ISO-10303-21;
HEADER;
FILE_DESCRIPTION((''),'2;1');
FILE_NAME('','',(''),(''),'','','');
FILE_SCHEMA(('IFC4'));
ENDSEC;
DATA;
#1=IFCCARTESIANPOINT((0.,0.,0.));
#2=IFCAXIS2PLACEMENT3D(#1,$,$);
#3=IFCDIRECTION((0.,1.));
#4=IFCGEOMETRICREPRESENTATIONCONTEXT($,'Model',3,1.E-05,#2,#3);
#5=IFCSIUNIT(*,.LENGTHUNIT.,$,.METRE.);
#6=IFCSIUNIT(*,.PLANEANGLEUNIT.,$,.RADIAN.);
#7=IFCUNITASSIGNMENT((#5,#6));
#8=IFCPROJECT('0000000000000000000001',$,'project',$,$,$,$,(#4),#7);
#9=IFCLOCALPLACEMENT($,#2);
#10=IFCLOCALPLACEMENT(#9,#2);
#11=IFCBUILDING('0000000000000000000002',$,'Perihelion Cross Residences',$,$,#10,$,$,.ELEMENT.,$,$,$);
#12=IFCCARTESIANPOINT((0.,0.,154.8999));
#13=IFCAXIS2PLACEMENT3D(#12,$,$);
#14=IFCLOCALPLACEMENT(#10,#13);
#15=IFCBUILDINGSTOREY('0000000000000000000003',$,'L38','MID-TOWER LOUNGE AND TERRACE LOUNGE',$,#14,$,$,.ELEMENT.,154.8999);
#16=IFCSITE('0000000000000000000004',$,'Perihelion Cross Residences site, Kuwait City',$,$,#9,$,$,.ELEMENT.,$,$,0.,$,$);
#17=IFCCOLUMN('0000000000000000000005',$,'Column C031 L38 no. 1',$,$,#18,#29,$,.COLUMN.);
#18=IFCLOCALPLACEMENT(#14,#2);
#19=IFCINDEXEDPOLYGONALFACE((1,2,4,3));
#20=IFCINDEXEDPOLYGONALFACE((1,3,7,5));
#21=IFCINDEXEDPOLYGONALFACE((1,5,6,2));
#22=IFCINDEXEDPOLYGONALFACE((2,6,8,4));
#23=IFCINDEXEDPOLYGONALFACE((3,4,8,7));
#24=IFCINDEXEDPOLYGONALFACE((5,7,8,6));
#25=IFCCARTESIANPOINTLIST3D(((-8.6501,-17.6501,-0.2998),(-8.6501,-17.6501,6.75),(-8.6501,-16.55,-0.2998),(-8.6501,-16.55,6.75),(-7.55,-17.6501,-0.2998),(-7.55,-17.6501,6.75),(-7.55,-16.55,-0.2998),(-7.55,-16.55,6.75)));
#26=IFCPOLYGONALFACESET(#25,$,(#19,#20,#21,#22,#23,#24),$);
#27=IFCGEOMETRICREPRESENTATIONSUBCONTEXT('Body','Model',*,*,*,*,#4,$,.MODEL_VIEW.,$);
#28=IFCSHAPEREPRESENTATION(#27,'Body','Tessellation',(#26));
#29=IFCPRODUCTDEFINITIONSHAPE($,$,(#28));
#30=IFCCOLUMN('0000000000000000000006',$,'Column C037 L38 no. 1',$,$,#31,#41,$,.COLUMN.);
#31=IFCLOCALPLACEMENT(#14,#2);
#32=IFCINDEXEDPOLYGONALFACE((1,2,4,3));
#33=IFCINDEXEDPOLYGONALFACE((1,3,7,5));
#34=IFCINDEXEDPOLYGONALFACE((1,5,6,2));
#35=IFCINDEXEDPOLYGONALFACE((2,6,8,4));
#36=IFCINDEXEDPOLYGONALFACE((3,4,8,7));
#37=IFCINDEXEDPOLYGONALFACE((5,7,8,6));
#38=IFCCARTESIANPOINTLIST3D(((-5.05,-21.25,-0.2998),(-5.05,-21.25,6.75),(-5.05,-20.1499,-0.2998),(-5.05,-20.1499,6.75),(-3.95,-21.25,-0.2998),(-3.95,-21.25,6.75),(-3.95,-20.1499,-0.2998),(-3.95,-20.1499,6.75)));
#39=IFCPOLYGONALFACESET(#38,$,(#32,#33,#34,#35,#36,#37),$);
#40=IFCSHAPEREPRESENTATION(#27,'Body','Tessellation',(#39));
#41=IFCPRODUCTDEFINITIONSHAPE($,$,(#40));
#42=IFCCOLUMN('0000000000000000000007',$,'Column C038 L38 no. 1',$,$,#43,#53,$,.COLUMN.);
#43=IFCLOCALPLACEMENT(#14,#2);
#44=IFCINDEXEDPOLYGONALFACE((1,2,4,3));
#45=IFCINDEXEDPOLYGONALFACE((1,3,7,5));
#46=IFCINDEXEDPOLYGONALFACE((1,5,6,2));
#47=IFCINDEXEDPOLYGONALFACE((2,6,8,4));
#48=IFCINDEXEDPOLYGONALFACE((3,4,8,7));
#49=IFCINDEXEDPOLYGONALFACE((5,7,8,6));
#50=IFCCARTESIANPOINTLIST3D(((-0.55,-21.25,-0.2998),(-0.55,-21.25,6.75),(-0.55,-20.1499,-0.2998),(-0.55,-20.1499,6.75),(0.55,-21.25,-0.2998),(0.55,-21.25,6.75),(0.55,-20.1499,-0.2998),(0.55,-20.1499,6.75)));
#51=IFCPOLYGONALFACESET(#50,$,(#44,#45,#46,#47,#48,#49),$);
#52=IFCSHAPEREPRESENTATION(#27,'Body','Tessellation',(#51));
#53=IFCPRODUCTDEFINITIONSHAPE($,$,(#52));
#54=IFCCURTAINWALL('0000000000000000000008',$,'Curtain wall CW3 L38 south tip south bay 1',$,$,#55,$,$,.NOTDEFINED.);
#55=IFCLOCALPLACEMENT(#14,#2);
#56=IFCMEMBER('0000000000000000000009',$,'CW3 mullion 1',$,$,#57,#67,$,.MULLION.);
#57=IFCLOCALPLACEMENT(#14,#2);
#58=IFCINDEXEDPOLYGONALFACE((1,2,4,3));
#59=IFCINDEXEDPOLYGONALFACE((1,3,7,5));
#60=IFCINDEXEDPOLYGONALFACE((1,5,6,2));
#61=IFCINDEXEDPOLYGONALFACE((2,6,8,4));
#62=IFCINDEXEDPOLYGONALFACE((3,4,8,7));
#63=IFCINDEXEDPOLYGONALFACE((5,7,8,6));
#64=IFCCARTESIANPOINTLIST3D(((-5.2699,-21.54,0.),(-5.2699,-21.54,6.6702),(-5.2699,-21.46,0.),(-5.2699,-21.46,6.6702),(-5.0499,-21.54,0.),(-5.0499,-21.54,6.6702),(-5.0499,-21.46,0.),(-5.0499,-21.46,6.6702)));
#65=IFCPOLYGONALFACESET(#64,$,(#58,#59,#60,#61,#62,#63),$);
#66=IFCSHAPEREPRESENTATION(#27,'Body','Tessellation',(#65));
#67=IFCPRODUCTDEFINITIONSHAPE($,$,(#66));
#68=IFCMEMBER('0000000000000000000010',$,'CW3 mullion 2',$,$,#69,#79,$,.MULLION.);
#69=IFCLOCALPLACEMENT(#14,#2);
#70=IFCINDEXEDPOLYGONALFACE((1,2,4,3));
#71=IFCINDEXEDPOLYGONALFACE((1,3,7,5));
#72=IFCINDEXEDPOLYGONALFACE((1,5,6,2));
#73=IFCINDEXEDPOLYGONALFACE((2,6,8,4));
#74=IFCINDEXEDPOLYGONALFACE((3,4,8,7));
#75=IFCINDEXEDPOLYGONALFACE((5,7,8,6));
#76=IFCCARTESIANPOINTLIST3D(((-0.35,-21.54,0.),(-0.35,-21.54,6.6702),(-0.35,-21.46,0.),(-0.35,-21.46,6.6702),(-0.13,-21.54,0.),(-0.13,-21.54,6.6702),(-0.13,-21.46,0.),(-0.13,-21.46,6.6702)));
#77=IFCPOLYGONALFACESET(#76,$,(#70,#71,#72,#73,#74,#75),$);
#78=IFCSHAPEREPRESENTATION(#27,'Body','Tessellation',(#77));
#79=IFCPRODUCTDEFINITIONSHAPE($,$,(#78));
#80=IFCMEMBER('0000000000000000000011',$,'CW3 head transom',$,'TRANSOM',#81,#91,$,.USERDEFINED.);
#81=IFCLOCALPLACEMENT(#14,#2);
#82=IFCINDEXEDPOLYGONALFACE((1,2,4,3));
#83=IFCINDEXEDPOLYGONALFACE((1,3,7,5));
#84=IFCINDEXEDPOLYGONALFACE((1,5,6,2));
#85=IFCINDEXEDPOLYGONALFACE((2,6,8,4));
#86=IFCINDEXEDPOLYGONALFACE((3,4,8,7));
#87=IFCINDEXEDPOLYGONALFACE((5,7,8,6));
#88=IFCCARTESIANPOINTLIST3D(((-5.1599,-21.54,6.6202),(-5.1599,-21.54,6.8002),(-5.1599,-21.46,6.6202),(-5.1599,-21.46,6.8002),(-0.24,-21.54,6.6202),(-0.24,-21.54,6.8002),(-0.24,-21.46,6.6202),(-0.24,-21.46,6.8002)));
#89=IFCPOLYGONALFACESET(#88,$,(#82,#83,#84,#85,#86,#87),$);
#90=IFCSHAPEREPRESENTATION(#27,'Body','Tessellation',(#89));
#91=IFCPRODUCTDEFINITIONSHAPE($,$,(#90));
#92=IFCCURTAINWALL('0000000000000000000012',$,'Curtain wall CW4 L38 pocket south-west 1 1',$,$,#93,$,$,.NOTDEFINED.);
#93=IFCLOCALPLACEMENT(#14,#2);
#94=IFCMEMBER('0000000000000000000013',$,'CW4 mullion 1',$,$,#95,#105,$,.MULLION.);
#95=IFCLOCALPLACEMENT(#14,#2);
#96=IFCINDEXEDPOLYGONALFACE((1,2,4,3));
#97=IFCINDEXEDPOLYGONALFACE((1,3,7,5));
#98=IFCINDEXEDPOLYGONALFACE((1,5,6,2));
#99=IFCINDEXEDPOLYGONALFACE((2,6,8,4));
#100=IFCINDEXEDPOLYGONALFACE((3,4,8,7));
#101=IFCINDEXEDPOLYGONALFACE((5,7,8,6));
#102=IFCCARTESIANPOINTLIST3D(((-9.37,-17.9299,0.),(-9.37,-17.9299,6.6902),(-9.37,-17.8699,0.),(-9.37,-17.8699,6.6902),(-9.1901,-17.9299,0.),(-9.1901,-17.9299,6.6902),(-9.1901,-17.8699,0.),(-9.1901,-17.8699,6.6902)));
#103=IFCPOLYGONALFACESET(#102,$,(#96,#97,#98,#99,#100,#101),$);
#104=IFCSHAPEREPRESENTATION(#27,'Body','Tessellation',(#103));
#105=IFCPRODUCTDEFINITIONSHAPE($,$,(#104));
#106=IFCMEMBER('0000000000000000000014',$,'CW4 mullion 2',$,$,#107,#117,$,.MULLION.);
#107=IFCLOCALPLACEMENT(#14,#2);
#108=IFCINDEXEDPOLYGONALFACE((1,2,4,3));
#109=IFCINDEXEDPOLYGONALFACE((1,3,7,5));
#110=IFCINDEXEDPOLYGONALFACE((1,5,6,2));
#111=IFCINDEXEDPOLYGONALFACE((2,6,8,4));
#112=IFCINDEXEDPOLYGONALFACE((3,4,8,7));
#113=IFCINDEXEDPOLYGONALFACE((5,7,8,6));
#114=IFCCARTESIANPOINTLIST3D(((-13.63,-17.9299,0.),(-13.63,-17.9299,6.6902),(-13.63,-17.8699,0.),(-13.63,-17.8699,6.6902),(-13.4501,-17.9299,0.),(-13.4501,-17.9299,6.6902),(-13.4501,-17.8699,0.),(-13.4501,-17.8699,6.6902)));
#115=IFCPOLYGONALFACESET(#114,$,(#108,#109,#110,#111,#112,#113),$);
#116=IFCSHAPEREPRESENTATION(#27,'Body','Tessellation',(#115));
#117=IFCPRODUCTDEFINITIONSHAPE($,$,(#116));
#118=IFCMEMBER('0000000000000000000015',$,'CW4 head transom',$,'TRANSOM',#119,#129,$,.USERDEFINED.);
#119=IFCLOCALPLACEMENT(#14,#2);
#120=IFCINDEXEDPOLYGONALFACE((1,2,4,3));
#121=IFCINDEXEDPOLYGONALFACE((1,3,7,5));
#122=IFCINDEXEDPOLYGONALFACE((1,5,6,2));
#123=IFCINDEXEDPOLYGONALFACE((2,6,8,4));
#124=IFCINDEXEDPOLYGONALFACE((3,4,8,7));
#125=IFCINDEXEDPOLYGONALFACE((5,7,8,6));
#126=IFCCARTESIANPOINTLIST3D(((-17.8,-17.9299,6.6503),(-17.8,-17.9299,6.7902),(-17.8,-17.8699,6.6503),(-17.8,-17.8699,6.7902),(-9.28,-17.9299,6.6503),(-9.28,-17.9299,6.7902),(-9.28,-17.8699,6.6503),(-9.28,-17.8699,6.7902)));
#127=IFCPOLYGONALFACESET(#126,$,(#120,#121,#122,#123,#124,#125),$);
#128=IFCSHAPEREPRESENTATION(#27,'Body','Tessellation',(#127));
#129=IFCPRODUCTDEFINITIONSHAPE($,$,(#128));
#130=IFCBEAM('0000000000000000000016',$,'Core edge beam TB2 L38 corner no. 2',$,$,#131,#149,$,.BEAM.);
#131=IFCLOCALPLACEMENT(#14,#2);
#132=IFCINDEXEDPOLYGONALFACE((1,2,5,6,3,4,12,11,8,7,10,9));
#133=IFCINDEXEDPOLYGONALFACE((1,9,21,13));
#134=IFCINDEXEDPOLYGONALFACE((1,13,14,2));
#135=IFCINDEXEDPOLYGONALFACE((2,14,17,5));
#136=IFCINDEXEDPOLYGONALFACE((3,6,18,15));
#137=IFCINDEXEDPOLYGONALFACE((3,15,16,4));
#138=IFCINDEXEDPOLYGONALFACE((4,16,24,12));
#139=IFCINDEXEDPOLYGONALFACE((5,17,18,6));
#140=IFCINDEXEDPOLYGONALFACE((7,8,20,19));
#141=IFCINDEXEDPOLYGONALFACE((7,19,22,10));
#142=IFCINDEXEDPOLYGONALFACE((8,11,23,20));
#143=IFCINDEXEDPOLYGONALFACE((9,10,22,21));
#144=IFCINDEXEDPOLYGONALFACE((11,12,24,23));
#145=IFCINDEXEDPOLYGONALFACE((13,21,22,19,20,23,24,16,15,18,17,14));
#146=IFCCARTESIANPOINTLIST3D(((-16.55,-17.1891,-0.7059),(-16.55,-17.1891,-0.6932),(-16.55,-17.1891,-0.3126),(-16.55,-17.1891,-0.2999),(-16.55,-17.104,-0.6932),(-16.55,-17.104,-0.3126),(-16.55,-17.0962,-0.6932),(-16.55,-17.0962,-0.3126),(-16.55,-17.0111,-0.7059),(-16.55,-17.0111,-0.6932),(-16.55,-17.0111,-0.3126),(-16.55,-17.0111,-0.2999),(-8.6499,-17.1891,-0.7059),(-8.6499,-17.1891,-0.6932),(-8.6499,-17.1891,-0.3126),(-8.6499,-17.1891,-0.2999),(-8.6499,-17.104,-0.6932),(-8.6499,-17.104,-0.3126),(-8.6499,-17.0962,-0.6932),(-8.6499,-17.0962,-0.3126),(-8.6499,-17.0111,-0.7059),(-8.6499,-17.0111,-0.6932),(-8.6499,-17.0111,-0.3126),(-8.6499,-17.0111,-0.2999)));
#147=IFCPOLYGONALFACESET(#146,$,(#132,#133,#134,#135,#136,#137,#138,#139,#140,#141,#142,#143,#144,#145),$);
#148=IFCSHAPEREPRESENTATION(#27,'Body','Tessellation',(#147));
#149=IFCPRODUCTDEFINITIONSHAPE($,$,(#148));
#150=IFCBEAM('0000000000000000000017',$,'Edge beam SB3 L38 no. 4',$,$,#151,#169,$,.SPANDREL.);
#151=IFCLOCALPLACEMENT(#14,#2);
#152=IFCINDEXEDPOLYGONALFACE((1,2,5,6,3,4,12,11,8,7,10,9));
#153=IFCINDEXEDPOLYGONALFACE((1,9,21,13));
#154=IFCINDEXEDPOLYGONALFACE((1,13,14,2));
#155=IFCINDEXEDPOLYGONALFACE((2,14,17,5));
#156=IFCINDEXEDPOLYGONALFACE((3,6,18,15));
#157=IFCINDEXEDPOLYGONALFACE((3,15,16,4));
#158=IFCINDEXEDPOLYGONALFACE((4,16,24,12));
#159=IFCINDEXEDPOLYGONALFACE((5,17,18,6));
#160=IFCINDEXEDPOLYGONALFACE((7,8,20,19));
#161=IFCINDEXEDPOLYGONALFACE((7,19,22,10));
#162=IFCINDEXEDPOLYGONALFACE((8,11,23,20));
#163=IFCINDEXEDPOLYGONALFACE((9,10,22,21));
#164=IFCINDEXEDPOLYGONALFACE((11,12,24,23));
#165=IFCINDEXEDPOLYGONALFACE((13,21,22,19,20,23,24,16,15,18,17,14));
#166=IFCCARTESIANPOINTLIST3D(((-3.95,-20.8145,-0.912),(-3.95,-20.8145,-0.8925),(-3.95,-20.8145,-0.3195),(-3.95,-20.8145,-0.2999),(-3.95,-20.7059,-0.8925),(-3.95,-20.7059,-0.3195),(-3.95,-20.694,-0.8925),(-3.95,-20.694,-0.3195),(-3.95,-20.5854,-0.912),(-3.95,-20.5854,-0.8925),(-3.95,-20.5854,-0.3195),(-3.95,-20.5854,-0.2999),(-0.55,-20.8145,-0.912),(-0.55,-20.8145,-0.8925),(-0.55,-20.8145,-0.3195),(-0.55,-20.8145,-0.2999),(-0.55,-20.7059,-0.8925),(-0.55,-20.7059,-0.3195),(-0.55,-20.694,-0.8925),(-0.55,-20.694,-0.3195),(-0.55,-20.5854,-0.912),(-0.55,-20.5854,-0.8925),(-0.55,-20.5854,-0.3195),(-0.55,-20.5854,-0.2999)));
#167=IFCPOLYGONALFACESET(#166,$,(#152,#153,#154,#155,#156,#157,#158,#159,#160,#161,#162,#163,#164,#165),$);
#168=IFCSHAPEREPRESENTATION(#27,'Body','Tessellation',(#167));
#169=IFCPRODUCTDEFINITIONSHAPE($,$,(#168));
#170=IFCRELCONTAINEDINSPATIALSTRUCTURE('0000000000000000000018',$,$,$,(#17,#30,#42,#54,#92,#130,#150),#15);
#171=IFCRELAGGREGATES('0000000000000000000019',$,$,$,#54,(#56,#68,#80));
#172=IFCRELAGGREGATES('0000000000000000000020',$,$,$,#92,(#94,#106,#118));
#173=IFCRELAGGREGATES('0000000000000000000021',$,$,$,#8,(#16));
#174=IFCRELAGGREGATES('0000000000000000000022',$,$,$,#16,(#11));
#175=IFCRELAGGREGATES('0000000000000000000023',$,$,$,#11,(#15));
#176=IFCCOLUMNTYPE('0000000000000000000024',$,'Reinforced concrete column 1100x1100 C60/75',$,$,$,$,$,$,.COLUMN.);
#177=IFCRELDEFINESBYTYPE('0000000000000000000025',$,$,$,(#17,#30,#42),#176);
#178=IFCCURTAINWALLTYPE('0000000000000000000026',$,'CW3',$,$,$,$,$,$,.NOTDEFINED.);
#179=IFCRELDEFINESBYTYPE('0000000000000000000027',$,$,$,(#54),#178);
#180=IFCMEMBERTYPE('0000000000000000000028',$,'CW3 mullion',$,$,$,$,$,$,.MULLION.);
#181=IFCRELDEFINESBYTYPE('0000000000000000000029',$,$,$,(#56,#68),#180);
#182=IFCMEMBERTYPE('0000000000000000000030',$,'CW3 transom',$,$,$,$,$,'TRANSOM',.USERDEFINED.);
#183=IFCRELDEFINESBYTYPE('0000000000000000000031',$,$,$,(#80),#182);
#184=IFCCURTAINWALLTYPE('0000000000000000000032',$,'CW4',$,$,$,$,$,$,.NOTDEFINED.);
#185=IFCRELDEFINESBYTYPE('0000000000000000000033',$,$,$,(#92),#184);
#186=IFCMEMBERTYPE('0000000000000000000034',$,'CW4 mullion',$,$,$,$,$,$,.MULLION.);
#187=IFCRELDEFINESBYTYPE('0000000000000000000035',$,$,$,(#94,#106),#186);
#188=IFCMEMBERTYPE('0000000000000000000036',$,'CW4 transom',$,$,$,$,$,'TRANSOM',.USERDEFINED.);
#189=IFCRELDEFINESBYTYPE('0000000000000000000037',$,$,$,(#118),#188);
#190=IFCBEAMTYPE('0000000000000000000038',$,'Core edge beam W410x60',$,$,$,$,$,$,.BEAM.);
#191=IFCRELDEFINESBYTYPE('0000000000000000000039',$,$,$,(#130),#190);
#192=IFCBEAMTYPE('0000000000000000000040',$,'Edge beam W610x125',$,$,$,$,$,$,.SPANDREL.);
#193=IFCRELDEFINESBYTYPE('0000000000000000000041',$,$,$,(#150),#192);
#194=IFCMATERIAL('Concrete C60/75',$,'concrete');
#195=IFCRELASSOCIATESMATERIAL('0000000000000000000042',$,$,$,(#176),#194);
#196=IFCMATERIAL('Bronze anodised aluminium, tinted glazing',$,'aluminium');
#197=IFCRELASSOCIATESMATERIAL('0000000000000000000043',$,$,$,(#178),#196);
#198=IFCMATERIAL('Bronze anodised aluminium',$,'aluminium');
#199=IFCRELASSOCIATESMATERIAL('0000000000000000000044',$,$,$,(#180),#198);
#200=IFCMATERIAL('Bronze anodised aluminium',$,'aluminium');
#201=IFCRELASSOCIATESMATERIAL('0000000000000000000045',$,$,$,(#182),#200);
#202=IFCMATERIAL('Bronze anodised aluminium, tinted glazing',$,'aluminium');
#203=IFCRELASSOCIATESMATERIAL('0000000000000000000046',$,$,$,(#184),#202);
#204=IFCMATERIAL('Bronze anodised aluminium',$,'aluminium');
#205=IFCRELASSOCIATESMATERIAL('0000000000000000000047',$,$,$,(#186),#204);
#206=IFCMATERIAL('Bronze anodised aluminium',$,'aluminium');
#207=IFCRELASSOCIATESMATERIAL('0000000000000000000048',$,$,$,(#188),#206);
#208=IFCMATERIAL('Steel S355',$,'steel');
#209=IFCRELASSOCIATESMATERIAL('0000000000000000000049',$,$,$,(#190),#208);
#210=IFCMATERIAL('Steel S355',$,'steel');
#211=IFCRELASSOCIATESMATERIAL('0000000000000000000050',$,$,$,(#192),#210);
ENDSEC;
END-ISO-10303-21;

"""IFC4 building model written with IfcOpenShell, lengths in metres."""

from ifc_helpers import new_model, si_unit, direction, frame, origin, origin_2d, place, context, subcontext, project, spatial, rectangle, i_section, extrude, material, material_profile, profile_set, type_object, element, aggregate, save


model = new_model("IFC4")

# Units and contexts
model_context = context("Model", 3, precision=1e-05, world=origin(), true_north=direction((0.0, 1.0)))
body_context = subcontext(model_context, "Body", "Model", "MODEL_VIEW")
ifc_project = project(units=[si_unit("LENGTHUNIT", "METRE"), si_unit("PLANEANGLEUNIT", "RADIAN")], contexts=[model_context])

# Site, building, storey
site_placement = place(None, origin())
site = spatial("IfcSite", under=ifc_project, at=site_placement, Name="Perihelion Cross Residences site, Kuwait City", CompositionType="ELEMENT", RefElevation=0.0)
building_placement = place(site_placement, origin())
building = spatial("IfcBuilding", under=site, at=building_placement, Name="Perihelion Cross Residences", CompositionType="ELEMENT")
storey_placement = place(building_placement, frame((0.0, 0.0, 154.8999)))
storey = spatial("IfcBuildingStorey", under=building, at=storey_placement, Name="L38", Description="MID-TOWER LOUNGE AND TERRACE LOUNGE", CompositionType="ELEMENT", Elevation=154.8999)

# Columns
ifc_material_1 = material(Name="Concrete C60/75", Category="concrete")
ifc_material_profile_1 = material_profile(ifc_material_1, rectangle(XDim=1.1001, YDim=1.1001, at=origin_2d()), Name="RC 1100x1100")
ifc_profile_set_1 = profile_set([ifc_material_profile_1], Name="Concrete C60/75")
column_type = type_object("IfcColumnType", Name="Reinforced concrete column 1100x1100 C60/75", PredefinedType="COLUMN", material=ifc_profile_set_1)
for number, where, z_axis, x_axis, name in (
    (1, (-8.1001, -17.1001, -0.2998), (0.0, 0.0, 1.0), (1.0, 0.0, 0.0), "Column C031 L38 no. 1"),
    (2, (-4.5, -20.7, -0.2998), (0.0, 0.0, 1.0), (1.0, 0.0, 0.0), "Column C037 L38 no. 1"),
    (3, (0.0, -20.7, -0.2998), (0.0, 0.0, 1.0), (1.0, 0.0, 0.0), "Column C038 L38 no. 1"),
):
    element("IfcColumn", number, at=place(storey_placement, frame(where, z_axis=z_axis, x_axis=x_axis)), inside=storey, type_object=column_type, Name=name, PredefinedType="COLUMN", context=body_context, shape_type="SweptSolid", body=[
        extrude(rectangle(XDim=1.1001, YDim=1.1001, at=origin_2d()), origin(), (0.0, 0.0, 1.0), 7.0498),
    ])

# Curtain walls, members
ifc_material_2 = material(Name="Bronze anodised aluminium, tinted glazing", Category="aluminium")
curtain_wall_type_1 = type_object("IfcCurtainWallType", Name="CW3", PredefinedType="NOTDEFINED", material=ifc_material_2)
curtain_wall_1_placement = place(storey_placement, origin())
curtain_wall_1 = element("IfcCurtainWall", 4, at=curtain_wall_1_placement, inside=storey, type_object=curtain_wall_type_1, Name="Curtain wall CW3 L38 south tip south bay 1", PredefinedType="NOTDEFINED")
ifc_material_3 = material(Name="Bronze anodised aluminium", Category="aluminium")
ifc_material_profile_2 = material_profile(ifc_material_3, rectangle(XDim=0.0801, YDim=0.22, at=origin_2d()), Name="CW3 mullion")
ifc_profile_set_2 = profile_set([ifc_material_profile_2], Name="Bronze anodised aluminium")
member_type_1 = type_object("IfcMemberType", Name="CW3 mullion", PredefinedType="MULLION", material=ifc_profile_set_2)
member_1_placement = place(storey_placement, frame((-5.1599, -21.5, 0.0), z_axis=(0.0, 0.0, 1.0), x_axis=(0.0, 1.0, 0.0)))
member_1 = element("IfcMember", 5, at=member_1_placement, type_object=member_type_1, Name="CW3 mullion 1", PredefinedType="MULLION", context=body_context, shape_type="SweptSolid", body=[
    extrude(rectangle(XDim=0.0801, YDim=0.22, at=origin_2d()), origin(), (0.0, 0.0, 1.0), 6.6702),
])
member_2_placement = place(storey_placement, frame((-0.24, -21.5, 0.0), z_axis=(0.0, 0.0, 1.0), x_axis=(0.0, 1.0, 0.0)))
member_2 = element("IfcMember", 6, at=member_2_placement, type_object=member_type_1, Name="CW3 mullion 2", PredefinedType="MULLION", context=body_context, shape_type="SweptSolid", body=[
    extrude(rectangle(XDim=0.0801, YDim=0.22, at=origin_2d()), origin(), (0.0, 0.0, 1.0), 6.6702),
])
ifc_material_4 = material(Name="Bronze anodised aluminium", Category="aluminium")
ifc_material_profile_3 = material_profile(ifc_material_4, rectangle(XDim=0.0801, YDim=0.1799, at=origin_2d()), Name="CW3 transom")
ifc_profile_set_3 = profile_set([ifc_material_profile_3], Name="Bronze anodised aluminium")
member_type_2 = type_object("IfcMemberType", Name="CW3 transom", ElementType="TRANSOM", PredefinedType="USERDEFINED", material=ifc_profile_set_3)
member_3_placement = place(storey_placement, frame((-5.1599, -21.5, 6.7102), z_axis=(1.0, 0.0, 0.0), x_axis=(0.0, 1.0, 0.0)))
member_3 = element("IfcMember", 7, at=member_3_placement, type_object=member_type_2, Name="CW3 head transom", ObjectType="TRANSOM", PredefinedType="USERDEFINED", context=body_context, shape_type="SweptSolid", body=[
    extrude(rectangle(XDim=0.0801, YDim=0.1799, at=origin_2d()), origin(), (0.0, 0.0, 1.0), 4.9199),
])
ifc_material_5 = material(Name="Bronze anodised aluminium, tinted glazing", Category="aluminium")
curtain_wall_type_2 = type_object("IfcCurtainWallType", Name="CW4", PredefinedType="NOTDEFINED", material=ifc_material_5)
curtain_wall_2_placement = place(storey_placement, origin())
curtain_wall_2 = element("IfcCurtainWall", 8, at=curtain_wall_2_placement, inside=storey, type_object=curtain_wall_type_2, Name="Curtain wall CW4 L38 pocket south-west 1 1", PredefinedType="NOTDEFINED")
ifc_material_6 = material(Name="Bronze anodised aluminium", Category="aluminium")
ifc_material_profile_4 = material_profile(ifc_material_6, rectangle(XDim=0.0601, YDim=0.1799, at=origin_2d()), Name="CW4 mullion")
ifc_profile_set_4 = profile_set([ifc_material_profile_4], Name="Bronze anodised aluminium")
member_type_3 = type_object("IfcMemberType", Name="CW4 mullion", PredefinedType="MULLION", material=ifc_profile_set_4)
member_4_placement = place(storey_placement, frame((-9.28, -17.8999, 0.0), z_axis=(0.0, 0.0, 1.0), x_axis=(0.0, -1.0, 0.0)))
member_4 = element("IfcMember", 9, at=member_4_placement, type_object=member_type_3, Name="CW4 mullion 1", PredefinedType="MULLION", context=body_context, shape_type="SweptSolid", body=[
    extrude(rectangle(XDim=0.0601, YDim=0.1799, at=origin_2d()), origin(), (0.0, 0.0, 1.0), 6.6902),
])
member_5_placement = place(storey_placement, frame((-13.54, -17.8999, 0.0), z_axis=(0.0, 0.0, 1.0), x_axis=(0.0, -1.0, 0.0)))
member_5 = element("IfcMember", 10, at=member_5_placement, type_object=member_type_3, Name="CW4 mullion 2", PredefinedType="MULLION", context=body_context, shape_type="SweptSolid", body=[
    extrude(rectangle(XDim=0.0601, YDim=0.1799, at=origin_2d()), origin(), (0.0, 0.0, 1.0), 6.6902),
])
ifc_material_7 = material(Name="Bronze anodised aluminium", Category="aluminium")
ifc_material_profile_5 = material_profile(ifc_material_7, rectangle(XDim=0.0601, YDim=0.1399, at=origin_2d()), Name="CW4 transom")
ifc_profile_set_5 = profile_set([ifc_material_profile_5], Name="Bronze anodised aluminium")
member_type_4 = type_object("IfcMemberType", Name="CW4 transom", ElementType="TRANSOM", PredefinedType="USERDEFINED", material=ifc_profile_set_5)
member_6_placement = place(storey_placement, frame((-9.28, -17.8999, 6.7202), z_axis=(-1.0, 0.0, 0.0), x_axis=(0.0, -1.0, 0.0)))
member_6 = element("IfcMember", 11, at=member_6_placement, type_object=member_type_4, Name="CW4 head transom", ObjectType="TRANSOM", PredefinedType="USERDEFINED", context=body_context, shape_type="SweptSolid", body=[
    extrude(rectangle(XDim=0.0601, YDim=0.1399, at=origin_2d()), origin(), (0.0, 0.0, 1.0), 8.52),
])

# Beams
ifc_material_8 = material(Name="Steel S355", Category="steel")
ifc_material_profile_6 = material_profile(ifc_material_8, i_section(OverallWidth=0.178, OverallDepth=0.406, WebThickness=0.0078, FlangeThickness=0.0127, at=origin_2d()), Name="W410x60")
ifc_profile_set_6 = profile_set([ifc_material_profile_6], Name="Steel S355")
beam_type_1 = type_object("IfcBeamType", Name="Core edge beam W410x60", PredefinedType="BEAM", material=ifc_profile_set_6)
beam_1_placement = place(storey_placement, frame((-8.6499, -17.1001, -0.5029), z_axis=(-1.0, 0.0, 0.0), x_axis=(0.0, -1.0, 0.0)))
element("IfcBeam", 12, at=beam_1_placement, inside=storey, type_object=beam_type_1, Name="Core edge beam TB2 L38 corner no. 2", PredefinedType="BEAM", context=body_context, shape_type="SweptSolid", body=[
    extrude(i_section(OverallWidth=0.178, OverallDepth=0.406, WebThickness=0.0078, FlangeThickness=0.0127, at=origin_2d()), origin(), (0.0, 0.0, 1.0), 7.9001),
])
ifc_material_9 = material(Name="Steel S355", Category="steel")
ifc_material_profile_7 = material_profile(ifc_material_9, i_section(OverallWidth=0.229, OverallDepth=0.6121, WebThickness=0.012, FlangeThickness=0.0195, at=origin_2d()), Name="W610x125")
ifc_profile_set_7 = profile_set([ifc_material_profile_7], Name="Steel S355")
beam_type_2 = type_object("IfcBeamType", Name="Edge beam W610x125", PredefinedType="SPANDREL", material=ifc_profile_set_7)
beam_2_placement = place(storey_placement, frame((-3.95, -20.7, -0.606), z_axis=(1.0, 0.0, 0.0), x_axis=(0.0, 1.0, 0.0)))
element("IfcBeam", 13, at=beam_2_placement, inside=storey, type_object=beam_type_2, Name="Edge beam SB3 L38 no. 4", PredefinedType="SPANDREL", context=body_context, shape_type="SweptSolid", body=[
    extrude(i_section(OverallWidth=0.229, OverallDepth=0.6121, WebThickness=0.012, FlangeThickness=0.0195, at=origin_2d()), origin(), (0.0, 0.0, 1.0), 3.3999),
])

aggregate(curtain_wall_1, [member_1, member_2, member_3])
aggregate(curtain_wall_2, [member_4, member_5, member_6])

save(model, "model.ifc")
